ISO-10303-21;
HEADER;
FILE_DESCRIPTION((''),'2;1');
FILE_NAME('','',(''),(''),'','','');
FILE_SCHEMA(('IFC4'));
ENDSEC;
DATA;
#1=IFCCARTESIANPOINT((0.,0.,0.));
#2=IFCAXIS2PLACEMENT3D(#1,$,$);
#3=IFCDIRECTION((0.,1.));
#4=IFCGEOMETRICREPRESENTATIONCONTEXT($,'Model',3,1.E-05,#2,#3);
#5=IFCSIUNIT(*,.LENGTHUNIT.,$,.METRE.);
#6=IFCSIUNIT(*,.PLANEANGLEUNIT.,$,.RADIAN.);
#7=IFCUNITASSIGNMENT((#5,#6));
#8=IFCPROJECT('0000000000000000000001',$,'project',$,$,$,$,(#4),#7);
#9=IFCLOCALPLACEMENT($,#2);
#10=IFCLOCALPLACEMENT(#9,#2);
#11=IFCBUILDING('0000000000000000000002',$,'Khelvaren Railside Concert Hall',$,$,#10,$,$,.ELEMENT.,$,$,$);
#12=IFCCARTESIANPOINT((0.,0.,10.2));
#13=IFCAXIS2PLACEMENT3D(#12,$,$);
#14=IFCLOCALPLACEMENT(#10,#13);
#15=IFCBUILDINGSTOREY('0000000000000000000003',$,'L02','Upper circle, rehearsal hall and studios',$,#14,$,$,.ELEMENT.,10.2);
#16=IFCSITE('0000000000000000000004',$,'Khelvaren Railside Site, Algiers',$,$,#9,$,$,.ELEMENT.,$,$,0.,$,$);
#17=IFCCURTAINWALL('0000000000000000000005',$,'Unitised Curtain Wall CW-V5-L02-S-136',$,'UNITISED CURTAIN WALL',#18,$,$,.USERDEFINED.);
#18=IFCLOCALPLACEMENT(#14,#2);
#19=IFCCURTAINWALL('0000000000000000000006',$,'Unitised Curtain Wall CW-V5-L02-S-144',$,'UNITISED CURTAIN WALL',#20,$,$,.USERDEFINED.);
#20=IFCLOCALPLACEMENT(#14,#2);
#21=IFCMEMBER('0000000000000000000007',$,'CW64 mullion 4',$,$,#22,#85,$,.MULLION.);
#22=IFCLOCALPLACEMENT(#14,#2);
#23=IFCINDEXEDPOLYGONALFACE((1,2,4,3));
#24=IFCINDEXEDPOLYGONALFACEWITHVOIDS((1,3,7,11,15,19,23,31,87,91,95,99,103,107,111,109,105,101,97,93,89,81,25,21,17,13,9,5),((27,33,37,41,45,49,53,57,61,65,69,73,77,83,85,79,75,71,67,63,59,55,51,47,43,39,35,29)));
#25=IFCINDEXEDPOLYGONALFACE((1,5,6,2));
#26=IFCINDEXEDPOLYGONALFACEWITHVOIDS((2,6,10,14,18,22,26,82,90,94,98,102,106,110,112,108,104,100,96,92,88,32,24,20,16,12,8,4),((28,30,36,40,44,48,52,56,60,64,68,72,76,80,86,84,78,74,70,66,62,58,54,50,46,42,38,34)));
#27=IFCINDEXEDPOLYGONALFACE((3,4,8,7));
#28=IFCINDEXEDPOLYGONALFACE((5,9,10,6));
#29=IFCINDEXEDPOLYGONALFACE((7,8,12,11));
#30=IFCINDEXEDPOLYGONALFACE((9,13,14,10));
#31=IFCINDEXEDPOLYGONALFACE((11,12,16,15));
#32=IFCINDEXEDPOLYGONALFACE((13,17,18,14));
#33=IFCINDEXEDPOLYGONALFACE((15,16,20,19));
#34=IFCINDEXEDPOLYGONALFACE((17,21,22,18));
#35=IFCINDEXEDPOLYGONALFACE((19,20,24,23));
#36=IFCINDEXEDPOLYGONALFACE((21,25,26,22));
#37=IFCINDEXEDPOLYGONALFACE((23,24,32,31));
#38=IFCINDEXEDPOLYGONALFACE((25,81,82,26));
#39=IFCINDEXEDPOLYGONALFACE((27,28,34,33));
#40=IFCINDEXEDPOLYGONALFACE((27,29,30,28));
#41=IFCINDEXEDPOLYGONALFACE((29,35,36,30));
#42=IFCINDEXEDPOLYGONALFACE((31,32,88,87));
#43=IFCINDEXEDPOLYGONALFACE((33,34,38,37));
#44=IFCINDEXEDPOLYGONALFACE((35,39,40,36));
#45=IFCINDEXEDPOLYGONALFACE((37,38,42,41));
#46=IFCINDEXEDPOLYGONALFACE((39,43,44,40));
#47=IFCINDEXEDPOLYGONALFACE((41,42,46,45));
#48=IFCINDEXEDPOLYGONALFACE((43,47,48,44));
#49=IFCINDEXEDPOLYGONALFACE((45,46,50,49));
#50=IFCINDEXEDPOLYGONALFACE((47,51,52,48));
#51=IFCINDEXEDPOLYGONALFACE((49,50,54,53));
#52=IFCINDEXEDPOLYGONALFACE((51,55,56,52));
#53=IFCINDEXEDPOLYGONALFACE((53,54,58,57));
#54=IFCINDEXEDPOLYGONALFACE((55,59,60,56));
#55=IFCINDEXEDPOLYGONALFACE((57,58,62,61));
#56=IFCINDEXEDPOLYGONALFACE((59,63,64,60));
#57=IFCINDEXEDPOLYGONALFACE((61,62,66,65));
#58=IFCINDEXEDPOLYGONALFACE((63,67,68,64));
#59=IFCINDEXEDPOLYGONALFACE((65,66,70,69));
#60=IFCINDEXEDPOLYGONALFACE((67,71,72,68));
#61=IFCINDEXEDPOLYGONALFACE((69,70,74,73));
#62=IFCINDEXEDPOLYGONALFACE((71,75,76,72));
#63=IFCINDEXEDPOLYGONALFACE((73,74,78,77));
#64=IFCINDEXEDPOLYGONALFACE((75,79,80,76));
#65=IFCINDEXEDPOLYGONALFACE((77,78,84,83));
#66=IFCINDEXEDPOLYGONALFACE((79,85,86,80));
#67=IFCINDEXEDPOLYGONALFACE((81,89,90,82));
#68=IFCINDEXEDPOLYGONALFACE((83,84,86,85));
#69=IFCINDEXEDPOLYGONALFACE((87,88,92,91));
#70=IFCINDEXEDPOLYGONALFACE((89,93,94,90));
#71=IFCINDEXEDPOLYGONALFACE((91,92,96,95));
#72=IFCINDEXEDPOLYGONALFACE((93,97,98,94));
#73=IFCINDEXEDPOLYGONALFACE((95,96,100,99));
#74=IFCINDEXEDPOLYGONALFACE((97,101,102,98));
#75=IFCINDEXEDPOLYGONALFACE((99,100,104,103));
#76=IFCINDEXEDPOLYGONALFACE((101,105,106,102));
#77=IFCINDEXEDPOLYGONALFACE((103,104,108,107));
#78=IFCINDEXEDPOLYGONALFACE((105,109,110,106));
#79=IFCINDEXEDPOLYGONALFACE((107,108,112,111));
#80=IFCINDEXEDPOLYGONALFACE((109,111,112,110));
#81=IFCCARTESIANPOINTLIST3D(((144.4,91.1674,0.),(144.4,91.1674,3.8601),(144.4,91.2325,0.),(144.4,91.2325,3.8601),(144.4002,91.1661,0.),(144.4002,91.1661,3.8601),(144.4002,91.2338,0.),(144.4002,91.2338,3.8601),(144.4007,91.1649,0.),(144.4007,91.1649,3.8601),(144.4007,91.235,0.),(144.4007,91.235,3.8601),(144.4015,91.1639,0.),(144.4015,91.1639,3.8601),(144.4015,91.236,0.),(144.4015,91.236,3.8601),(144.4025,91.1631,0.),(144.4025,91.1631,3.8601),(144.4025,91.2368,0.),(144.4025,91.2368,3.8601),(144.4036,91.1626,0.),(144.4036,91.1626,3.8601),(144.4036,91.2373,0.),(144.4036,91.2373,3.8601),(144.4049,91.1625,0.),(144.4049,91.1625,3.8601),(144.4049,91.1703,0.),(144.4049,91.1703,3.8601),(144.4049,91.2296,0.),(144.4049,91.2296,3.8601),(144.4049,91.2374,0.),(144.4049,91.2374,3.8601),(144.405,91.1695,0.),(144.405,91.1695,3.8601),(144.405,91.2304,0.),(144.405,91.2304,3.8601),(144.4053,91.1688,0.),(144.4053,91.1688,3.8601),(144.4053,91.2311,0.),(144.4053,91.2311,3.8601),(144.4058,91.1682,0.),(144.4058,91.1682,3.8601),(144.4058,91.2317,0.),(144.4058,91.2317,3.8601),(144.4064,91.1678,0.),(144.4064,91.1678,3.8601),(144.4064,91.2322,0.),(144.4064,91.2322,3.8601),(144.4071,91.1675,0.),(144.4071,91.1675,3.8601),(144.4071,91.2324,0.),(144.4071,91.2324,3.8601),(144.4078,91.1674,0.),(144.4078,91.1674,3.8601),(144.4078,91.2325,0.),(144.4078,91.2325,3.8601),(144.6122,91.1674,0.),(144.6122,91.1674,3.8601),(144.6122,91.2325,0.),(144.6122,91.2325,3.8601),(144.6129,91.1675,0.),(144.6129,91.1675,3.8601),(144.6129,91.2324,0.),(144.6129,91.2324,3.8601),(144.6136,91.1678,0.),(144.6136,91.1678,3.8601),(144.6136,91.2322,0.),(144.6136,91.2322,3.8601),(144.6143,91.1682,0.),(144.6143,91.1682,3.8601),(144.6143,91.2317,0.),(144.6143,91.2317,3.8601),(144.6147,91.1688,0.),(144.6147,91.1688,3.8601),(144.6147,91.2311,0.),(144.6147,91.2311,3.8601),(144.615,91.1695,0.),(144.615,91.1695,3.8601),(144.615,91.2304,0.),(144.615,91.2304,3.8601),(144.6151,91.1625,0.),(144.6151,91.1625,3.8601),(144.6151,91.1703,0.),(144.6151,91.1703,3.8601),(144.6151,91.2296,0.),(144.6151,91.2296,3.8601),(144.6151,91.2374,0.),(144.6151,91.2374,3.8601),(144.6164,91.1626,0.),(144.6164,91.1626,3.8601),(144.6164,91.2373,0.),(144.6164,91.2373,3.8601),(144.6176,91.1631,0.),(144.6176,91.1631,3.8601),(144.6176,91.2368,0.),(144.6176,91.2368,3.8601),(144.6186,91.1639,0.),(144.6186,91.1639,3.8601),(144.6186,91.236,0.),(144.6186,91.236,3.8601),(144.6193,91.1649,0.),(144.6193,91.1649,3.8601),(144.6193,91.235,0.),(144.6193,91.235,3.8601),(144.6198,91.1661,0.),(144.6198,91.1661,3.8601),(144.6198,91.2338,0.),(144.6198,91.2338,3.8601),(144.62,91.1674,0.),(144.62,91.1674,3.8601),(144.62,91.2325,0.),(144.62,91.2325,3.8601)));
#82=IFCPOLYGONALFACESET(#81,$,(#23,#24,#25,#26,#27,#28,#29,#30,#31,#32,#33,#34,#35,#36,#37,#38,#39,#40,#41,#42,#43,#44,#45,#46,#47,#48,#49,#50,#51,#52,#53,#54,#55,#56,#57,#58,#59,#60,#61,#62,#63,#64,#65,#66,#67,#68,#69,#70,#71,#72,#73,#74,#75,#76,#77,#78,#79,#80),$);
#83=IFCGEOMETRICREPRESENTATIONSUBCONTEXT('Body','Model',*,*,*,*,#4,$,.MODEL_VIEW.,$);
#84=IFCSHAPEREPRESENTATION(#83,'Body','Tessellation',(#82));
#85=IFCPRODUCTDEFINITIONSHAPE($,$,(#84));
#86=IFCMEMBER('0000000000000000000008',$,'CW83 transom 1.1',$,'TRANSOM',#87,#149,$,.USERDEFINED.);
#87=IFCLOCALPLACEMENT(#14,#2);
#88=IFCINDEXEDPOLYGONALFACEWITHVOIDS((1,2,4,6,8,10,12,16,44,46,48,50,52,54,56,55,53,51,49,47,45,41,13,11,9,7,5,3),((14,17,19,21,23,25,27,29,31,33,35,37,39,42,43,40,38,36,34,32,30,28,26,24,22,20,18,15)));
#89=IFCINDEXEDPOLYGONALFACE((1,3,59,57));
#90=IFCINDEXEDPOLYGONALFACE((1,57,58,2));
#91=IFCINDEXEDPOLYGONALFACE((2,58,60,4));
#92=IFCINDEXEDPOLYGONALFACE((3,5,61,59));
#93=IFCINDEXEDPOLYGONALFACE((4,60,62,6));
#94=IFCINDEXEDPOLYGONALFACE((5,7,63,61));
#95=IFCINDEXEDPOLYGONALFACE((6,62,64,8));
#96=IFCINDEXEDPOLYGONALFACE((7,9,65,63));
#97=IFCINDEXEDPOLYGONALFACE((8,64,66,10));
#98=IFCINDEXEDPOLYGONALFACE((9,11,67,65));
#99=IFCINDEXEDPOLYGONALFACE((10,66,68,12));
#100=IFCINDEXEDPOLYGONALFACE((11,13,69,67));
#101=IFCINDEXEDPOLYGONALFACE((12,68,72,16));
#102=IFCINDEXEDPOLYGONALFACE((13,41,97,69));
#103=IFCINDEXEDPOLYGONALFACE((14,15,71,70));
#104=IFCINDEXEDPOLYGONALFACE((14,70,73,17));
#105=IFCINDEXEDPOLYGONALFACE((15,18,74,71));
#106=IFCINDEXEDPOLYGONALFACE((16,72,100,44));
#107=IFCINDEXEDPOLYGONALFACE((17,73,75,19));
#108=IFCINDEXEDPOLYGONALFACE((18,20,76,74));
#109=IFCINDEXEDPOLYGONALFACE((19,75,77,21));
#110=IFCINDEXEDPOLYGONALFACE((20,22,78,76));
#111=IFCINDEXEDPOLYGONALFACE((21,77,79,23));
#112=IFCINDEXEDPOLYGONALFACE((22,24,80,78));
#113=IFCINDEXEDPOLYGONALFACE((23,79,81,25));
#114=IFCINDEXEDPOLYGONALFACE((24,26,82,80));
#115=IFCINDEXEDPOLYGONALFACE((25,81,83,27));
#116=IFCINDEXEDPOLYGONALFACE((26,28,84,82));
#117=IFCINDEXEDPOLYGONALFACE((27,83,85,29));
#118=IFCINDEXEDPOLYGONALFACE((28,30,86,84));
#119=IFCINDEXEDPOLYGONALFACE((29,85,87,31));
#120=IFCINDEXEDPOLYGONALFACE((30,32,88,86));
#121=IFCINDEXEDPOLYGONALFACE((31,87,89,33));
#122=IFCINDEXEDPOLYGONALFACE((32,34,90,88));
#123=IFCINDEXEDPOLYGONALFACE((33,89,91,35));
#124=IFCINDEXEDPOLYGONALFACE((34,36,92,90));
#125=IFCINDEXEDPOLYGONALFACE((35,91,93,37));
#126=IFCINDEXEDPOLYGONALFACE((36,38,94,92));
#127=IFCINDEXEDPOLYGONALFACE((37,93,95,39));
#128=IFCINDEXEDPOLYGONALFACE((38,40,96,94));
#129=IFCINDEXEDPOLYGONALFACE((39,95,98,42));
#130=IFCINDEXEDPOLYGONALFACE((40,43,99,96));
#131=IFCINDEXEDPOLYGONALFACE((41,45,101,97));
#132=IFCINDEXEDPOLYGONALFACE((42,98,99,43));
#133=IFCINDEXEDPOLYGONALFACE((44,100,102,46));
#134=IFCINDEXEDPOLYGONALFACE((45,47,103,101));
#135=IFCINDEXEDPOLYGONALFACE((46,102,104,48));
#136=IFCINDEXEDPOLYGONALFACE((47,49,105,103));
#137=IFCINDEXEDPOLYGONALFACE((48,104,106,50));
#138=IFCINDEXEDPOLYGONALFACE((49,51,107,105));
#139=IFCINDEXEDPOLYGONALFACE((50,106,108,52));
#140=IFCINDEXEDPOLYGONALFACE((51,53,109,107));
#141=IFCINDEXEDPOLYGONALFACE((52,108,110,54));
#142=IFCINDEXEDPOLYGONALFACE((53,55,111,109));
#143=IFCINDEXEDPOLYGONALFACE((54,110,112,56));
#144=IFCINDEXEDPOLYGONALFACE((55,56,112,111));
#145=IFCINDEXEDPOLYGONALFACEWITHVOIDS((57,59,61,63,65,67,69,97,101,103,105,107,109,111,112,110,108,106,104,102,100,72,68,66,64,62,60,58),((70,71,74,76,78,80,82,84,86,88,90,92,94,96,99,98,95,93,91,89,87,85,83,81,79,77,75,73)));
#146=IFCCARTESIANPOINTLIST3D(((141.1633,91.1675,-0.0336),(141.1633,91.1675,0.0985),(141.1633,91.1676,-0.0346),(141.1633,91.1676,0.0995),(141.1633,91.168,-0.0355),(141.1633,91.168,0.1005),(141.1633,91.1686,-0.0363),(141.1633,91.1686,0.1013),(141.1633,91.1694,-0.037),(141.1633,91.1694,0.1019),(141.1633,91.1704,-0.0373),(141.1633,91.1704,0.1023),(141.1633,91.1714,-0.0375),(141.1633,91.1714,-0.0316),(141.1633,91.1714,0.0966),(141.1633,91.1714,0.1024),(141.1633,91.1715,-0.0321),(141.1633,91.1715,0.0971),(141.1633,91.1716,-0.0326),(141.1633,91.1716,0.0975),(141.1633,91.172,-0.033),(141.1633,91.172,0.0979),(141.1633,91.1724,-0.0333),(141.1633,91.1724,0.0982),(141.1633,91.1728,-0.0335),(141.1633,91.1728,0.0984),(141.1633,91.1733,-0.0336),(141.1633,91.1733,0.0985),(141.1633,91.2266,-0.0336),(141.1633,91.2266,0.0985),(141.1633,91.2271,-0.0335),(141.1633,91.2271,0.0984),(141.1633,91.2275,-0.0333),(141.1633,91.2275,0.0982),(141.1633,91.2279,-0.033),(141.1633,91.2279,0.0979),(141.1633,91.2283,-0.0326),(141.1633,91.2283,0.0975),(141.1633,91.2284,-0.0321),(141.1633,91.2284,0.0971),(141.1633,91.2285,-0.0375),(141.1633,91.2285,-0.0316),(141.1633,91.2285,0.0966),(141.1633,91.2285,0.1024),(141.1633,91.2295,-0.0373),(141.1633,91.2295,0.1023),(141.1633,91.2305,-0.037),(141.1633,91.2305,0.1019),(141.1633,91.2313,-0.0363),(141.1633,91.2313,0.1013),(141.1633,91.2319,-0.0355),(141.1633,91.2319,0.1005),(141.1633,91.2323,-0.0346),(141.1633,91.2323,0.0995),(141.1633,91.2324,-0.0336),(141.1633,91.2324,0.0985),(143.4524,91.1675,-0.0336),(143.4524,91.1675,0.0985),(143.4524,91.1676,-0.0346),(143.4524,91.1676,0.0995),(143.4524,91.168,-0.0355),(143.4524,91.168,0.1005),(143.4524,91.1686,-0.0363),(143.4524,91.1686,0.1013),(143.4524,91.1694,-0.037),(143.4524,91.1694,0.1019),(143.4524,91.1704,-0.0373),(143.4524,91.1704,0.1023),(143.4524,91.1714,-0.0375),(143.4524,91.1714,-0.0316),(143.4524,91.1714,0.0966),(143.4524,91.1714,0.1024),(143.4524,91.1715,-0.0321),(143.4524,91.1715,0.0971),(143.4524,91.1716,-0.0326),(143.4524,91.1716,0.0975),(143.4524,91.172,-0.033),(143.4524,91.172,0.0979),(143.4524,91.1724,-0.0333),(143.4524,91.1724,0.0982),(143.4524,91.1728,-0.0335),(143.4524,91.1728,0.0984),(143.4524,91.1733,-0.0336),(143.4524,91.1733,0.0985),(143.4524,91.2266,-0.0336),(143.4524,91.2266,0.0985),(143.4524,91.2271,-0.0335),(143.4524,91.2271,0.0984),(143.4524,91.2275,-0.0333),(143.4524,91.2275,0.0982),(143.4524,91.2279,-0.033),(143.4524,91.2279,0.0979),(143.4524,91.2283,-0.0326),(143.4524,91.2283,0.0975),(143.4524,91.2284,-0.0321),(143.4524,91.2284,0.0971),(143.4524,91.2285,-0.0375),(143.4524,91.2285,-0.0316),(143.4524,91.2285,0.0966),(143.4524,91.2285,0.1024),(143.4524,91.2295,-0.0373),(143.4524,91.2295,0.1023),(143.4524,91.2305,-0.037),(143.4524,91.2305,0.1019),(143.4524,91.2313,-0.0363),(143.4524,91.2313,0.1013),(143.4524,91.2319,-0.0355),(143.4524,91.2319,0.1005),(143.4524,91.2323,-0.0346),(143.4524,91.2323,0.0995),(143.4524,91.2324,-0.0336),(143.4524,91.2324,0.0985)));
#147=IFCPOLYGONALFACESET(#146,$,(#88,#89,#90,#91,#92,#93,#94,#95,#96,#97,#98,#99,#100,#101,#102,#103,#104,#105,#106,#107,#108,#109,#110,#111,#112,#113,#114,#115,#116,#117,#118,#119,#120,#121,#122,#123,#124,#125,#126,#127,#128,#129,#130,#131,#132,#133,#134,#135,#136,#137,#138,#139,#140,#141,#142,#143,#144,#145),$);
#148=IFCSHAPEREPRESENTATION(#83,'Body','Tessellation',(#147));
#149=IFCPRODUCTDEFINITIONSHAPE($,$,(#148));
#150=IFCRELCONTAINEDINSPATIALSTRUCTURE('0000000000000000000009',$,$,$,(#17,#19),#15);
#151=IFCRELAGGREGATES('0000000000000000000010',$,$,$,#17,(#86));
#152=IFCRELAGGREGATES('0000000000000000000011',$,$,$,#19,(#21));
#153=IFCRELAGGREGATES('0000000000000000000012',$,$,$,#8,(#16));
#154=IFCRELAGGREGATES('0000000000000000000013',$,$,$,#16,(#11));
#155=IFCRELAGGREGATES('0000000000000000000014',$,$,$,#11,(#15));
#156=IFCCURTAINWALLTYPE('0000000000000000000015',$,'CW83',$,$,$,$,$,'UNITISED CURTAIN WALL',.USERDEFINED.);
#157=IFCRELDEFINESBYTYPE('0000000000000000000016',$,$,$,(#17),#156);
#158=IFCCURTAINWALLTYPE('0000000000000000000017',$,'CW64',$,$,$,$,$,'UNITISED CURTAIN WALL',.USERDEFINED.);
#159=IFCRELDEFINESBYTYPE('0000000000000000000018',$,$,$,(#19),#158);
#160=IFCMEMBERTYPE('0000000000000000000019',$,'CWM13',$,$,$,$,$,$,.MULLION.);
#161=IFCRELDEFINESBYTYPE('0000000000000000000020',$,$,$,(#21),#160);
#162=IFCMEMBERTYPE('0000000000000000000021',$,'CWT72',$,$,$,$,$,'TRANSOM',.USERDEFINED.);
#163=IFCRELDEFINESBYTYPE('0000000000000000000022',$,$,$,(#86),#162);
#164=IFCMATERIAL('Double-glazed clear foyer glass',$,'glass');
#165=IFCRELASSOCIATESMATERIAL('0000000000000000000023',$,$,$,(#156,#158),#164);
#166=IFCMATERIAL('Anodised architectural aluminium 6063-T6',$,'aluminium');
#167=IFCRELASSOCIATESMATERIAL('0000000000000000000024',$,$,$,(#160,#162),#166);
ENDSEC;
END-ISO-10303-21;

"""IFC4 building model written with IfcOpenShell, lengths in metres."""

from ifc_helpers import new_model, si_unit, direction, frame, origin, origin_2d, place, context, subcontext, project, spatial, hollow_rectangle, extrude, material, material_profile, profile_set, type_object, element, aggregate, save


model = new_model("IFC4")

# Units and contexts
model_context = context("Model", 3, precision=1e-05, world=origin(), true_north=direction((0.0, 1.0)))
body_context = subcontext(model_context, "Body", "Model", "MODEL_VIEW")
ifc_project = project(units=[si_unit("LENGTHUNIT", "METRE"), si_unit("PLANEANGLEUNIT", "RADIAN")], contexts=[model_context])

# Site, building, storey
site_placement = place(None, origin())
site = spatial("IfcSite", under=ifc_project, at=site_placement, Name="Khelvaren Railside Site, Algiers", CompositionType="ELEMENT", RefElevation=0.0)
building_placement = place(site_placement, origin())
building = spatial("IfcBuilding", under=site, at=building_placement, Name="Khelvaren Railside Concert Hall", CompositionType="ELEMENT")
storey_placement = place(building_placement, frame((0.0, 0.0, 10.2)))
storey = spatial("IfcBuildingStorey", under=building, at=storey_placement, Name="L02", Description="Upper circle, rehearsal hall and studios", CompositionType="ELEMENT", Elevation=10.2)

# Curtain wall
ifc_material_1 = material(Name="Double-glazed clear foyer glass", Category="glass")
curtain_wall_type_1 = type_object("IfcCurtainWallType", Name="CW83", ElementType="UNITISED CURTAIN WALL", PredefinedType="USERDEFINED", material=ifc_material_1)
curtain_wall_1_placement = place(storey_placement, origin())
curtain_wall_1 = element("IfcCurtainWall", 1, at=curtain_wall_1_placement, inside=storey, type_object=curtain_wall_type_1, Name="Unitised Curtain Wall CW-V5-L02-S-136", ObjectType="UNITISED CURTAIN WALL", PredefinedType="USERDEFINED")
ifc_material_2 = material(Name="Anodised architectural aluminium 6063-T6", Category="aluminium")
ifc_material_profile_1 = material_profile(ifc_material_2, hollow_rectangle(XDim=0.075, YDim=0.22, WallThickness=0.0049, InnerFilletRadius=0.0029, OuterFilletRadius=0.0049, at=origin_2d()), Name="CWM 75x220x5")
ifc_profile_set_1 = profile_set([ifc_material_profile_1], Name="Anodised architectural aluminium 6063-T6")
member_type_1 = type_object("IfcMemberType", Name="CWM13", PredefinedType="MULLION", material=ifc_profile_set_1)

# Curtain wall, member
curtain_wall_type_2 = type_object("IfcCurtainWallType", Name="CW64", ElementType="UNITISED CURTAIN WALL", PredefinedType="USERDEFINED", material=ifc_material_1)
curtain_wall_2_placement = place(storey_placement, origin())
curtain_wall_2 = element("IfcCurtainWall", 2, at=curtain_wall_2_placement, inside=storey, type_object=curtain_wall_type_2, Name="Unitised Curtain Wall CW-V5-L02-S-144", ObjectType="UNITISED CURTAIN WALL", PredefinedType="USERDEFINED")
member_1_placement = place(storey_placement, frame((144.51, 91.2, 0.0), z_axis=(0.0, 0.0, 1.0), x_axis=(0.0, -1.0, 0.0)))
member_1 = element("IfcMember", 3, at=member_1_placement, type_object=member_type_1, Name="CW64 mullion 4", PredefinedType="MULLION", context=body_context, shape_type="SweptSolid", body=[
    extrude(hollow_rectangle(XDim=0.075, YDim=0.22, WallThickness=0.0049, InnerFilletRadius=0.0029, OuterFilletRadius=0.0049, at=origin_2d()), origin(), (0.0, 0.0, 1.0), 3.8601),
])

# Member
ifc_material_profile_2 = material_profile(ifc_material_2, hollow_rectangle(XDim=0.0649, YDim=0.1399, WallThickness=0.0039, InnerFilletRadius=0.002, OuterFilletRadius=0.0039, at=origin_2d()), Name="CWT 65x140x4")
ifc_profile_set_2 = profile_set([ifc_material_profile_2], Name="Anodised architectural aluminium 6063-T6")
member_type_2 = type_object("IfcMemberType", Name="CWT72", ElementType="TRANSOM", PredefinedType="USERDEFINED", material=ifc_profile_set_2)
member_2_placement = place(storey_placement, frame((143.4524, 91.2, 0.0325), z_axis=(-1.0, 0.0, 0.0), x_axis=(0.0, -1.0, 0.0)))
member_2 = element("IfcMember", 4, at=member_2_placement, type_object=member_type_2, Name="CW83 transom 1.1", ObjectType="TRANSOM", PredefinedType="USERDEFINED", context=body_context, shape_type="SweptSolid", body=[
    extrude(hollow_rectangle(XDim=0.0649, YDim=0.1399, WallThickness=0.0039, InnerFilletRadius=0.002, OuterFilletRadius=0.0039, at=origin_2d()), origin(), (0.0, 0.0, 1.0), 2.2891),
])

aggregate(curtain_wall_1, [member_2])
aggregate(curtain_wall_2, [member_1])

save(model, "model.ifc")
